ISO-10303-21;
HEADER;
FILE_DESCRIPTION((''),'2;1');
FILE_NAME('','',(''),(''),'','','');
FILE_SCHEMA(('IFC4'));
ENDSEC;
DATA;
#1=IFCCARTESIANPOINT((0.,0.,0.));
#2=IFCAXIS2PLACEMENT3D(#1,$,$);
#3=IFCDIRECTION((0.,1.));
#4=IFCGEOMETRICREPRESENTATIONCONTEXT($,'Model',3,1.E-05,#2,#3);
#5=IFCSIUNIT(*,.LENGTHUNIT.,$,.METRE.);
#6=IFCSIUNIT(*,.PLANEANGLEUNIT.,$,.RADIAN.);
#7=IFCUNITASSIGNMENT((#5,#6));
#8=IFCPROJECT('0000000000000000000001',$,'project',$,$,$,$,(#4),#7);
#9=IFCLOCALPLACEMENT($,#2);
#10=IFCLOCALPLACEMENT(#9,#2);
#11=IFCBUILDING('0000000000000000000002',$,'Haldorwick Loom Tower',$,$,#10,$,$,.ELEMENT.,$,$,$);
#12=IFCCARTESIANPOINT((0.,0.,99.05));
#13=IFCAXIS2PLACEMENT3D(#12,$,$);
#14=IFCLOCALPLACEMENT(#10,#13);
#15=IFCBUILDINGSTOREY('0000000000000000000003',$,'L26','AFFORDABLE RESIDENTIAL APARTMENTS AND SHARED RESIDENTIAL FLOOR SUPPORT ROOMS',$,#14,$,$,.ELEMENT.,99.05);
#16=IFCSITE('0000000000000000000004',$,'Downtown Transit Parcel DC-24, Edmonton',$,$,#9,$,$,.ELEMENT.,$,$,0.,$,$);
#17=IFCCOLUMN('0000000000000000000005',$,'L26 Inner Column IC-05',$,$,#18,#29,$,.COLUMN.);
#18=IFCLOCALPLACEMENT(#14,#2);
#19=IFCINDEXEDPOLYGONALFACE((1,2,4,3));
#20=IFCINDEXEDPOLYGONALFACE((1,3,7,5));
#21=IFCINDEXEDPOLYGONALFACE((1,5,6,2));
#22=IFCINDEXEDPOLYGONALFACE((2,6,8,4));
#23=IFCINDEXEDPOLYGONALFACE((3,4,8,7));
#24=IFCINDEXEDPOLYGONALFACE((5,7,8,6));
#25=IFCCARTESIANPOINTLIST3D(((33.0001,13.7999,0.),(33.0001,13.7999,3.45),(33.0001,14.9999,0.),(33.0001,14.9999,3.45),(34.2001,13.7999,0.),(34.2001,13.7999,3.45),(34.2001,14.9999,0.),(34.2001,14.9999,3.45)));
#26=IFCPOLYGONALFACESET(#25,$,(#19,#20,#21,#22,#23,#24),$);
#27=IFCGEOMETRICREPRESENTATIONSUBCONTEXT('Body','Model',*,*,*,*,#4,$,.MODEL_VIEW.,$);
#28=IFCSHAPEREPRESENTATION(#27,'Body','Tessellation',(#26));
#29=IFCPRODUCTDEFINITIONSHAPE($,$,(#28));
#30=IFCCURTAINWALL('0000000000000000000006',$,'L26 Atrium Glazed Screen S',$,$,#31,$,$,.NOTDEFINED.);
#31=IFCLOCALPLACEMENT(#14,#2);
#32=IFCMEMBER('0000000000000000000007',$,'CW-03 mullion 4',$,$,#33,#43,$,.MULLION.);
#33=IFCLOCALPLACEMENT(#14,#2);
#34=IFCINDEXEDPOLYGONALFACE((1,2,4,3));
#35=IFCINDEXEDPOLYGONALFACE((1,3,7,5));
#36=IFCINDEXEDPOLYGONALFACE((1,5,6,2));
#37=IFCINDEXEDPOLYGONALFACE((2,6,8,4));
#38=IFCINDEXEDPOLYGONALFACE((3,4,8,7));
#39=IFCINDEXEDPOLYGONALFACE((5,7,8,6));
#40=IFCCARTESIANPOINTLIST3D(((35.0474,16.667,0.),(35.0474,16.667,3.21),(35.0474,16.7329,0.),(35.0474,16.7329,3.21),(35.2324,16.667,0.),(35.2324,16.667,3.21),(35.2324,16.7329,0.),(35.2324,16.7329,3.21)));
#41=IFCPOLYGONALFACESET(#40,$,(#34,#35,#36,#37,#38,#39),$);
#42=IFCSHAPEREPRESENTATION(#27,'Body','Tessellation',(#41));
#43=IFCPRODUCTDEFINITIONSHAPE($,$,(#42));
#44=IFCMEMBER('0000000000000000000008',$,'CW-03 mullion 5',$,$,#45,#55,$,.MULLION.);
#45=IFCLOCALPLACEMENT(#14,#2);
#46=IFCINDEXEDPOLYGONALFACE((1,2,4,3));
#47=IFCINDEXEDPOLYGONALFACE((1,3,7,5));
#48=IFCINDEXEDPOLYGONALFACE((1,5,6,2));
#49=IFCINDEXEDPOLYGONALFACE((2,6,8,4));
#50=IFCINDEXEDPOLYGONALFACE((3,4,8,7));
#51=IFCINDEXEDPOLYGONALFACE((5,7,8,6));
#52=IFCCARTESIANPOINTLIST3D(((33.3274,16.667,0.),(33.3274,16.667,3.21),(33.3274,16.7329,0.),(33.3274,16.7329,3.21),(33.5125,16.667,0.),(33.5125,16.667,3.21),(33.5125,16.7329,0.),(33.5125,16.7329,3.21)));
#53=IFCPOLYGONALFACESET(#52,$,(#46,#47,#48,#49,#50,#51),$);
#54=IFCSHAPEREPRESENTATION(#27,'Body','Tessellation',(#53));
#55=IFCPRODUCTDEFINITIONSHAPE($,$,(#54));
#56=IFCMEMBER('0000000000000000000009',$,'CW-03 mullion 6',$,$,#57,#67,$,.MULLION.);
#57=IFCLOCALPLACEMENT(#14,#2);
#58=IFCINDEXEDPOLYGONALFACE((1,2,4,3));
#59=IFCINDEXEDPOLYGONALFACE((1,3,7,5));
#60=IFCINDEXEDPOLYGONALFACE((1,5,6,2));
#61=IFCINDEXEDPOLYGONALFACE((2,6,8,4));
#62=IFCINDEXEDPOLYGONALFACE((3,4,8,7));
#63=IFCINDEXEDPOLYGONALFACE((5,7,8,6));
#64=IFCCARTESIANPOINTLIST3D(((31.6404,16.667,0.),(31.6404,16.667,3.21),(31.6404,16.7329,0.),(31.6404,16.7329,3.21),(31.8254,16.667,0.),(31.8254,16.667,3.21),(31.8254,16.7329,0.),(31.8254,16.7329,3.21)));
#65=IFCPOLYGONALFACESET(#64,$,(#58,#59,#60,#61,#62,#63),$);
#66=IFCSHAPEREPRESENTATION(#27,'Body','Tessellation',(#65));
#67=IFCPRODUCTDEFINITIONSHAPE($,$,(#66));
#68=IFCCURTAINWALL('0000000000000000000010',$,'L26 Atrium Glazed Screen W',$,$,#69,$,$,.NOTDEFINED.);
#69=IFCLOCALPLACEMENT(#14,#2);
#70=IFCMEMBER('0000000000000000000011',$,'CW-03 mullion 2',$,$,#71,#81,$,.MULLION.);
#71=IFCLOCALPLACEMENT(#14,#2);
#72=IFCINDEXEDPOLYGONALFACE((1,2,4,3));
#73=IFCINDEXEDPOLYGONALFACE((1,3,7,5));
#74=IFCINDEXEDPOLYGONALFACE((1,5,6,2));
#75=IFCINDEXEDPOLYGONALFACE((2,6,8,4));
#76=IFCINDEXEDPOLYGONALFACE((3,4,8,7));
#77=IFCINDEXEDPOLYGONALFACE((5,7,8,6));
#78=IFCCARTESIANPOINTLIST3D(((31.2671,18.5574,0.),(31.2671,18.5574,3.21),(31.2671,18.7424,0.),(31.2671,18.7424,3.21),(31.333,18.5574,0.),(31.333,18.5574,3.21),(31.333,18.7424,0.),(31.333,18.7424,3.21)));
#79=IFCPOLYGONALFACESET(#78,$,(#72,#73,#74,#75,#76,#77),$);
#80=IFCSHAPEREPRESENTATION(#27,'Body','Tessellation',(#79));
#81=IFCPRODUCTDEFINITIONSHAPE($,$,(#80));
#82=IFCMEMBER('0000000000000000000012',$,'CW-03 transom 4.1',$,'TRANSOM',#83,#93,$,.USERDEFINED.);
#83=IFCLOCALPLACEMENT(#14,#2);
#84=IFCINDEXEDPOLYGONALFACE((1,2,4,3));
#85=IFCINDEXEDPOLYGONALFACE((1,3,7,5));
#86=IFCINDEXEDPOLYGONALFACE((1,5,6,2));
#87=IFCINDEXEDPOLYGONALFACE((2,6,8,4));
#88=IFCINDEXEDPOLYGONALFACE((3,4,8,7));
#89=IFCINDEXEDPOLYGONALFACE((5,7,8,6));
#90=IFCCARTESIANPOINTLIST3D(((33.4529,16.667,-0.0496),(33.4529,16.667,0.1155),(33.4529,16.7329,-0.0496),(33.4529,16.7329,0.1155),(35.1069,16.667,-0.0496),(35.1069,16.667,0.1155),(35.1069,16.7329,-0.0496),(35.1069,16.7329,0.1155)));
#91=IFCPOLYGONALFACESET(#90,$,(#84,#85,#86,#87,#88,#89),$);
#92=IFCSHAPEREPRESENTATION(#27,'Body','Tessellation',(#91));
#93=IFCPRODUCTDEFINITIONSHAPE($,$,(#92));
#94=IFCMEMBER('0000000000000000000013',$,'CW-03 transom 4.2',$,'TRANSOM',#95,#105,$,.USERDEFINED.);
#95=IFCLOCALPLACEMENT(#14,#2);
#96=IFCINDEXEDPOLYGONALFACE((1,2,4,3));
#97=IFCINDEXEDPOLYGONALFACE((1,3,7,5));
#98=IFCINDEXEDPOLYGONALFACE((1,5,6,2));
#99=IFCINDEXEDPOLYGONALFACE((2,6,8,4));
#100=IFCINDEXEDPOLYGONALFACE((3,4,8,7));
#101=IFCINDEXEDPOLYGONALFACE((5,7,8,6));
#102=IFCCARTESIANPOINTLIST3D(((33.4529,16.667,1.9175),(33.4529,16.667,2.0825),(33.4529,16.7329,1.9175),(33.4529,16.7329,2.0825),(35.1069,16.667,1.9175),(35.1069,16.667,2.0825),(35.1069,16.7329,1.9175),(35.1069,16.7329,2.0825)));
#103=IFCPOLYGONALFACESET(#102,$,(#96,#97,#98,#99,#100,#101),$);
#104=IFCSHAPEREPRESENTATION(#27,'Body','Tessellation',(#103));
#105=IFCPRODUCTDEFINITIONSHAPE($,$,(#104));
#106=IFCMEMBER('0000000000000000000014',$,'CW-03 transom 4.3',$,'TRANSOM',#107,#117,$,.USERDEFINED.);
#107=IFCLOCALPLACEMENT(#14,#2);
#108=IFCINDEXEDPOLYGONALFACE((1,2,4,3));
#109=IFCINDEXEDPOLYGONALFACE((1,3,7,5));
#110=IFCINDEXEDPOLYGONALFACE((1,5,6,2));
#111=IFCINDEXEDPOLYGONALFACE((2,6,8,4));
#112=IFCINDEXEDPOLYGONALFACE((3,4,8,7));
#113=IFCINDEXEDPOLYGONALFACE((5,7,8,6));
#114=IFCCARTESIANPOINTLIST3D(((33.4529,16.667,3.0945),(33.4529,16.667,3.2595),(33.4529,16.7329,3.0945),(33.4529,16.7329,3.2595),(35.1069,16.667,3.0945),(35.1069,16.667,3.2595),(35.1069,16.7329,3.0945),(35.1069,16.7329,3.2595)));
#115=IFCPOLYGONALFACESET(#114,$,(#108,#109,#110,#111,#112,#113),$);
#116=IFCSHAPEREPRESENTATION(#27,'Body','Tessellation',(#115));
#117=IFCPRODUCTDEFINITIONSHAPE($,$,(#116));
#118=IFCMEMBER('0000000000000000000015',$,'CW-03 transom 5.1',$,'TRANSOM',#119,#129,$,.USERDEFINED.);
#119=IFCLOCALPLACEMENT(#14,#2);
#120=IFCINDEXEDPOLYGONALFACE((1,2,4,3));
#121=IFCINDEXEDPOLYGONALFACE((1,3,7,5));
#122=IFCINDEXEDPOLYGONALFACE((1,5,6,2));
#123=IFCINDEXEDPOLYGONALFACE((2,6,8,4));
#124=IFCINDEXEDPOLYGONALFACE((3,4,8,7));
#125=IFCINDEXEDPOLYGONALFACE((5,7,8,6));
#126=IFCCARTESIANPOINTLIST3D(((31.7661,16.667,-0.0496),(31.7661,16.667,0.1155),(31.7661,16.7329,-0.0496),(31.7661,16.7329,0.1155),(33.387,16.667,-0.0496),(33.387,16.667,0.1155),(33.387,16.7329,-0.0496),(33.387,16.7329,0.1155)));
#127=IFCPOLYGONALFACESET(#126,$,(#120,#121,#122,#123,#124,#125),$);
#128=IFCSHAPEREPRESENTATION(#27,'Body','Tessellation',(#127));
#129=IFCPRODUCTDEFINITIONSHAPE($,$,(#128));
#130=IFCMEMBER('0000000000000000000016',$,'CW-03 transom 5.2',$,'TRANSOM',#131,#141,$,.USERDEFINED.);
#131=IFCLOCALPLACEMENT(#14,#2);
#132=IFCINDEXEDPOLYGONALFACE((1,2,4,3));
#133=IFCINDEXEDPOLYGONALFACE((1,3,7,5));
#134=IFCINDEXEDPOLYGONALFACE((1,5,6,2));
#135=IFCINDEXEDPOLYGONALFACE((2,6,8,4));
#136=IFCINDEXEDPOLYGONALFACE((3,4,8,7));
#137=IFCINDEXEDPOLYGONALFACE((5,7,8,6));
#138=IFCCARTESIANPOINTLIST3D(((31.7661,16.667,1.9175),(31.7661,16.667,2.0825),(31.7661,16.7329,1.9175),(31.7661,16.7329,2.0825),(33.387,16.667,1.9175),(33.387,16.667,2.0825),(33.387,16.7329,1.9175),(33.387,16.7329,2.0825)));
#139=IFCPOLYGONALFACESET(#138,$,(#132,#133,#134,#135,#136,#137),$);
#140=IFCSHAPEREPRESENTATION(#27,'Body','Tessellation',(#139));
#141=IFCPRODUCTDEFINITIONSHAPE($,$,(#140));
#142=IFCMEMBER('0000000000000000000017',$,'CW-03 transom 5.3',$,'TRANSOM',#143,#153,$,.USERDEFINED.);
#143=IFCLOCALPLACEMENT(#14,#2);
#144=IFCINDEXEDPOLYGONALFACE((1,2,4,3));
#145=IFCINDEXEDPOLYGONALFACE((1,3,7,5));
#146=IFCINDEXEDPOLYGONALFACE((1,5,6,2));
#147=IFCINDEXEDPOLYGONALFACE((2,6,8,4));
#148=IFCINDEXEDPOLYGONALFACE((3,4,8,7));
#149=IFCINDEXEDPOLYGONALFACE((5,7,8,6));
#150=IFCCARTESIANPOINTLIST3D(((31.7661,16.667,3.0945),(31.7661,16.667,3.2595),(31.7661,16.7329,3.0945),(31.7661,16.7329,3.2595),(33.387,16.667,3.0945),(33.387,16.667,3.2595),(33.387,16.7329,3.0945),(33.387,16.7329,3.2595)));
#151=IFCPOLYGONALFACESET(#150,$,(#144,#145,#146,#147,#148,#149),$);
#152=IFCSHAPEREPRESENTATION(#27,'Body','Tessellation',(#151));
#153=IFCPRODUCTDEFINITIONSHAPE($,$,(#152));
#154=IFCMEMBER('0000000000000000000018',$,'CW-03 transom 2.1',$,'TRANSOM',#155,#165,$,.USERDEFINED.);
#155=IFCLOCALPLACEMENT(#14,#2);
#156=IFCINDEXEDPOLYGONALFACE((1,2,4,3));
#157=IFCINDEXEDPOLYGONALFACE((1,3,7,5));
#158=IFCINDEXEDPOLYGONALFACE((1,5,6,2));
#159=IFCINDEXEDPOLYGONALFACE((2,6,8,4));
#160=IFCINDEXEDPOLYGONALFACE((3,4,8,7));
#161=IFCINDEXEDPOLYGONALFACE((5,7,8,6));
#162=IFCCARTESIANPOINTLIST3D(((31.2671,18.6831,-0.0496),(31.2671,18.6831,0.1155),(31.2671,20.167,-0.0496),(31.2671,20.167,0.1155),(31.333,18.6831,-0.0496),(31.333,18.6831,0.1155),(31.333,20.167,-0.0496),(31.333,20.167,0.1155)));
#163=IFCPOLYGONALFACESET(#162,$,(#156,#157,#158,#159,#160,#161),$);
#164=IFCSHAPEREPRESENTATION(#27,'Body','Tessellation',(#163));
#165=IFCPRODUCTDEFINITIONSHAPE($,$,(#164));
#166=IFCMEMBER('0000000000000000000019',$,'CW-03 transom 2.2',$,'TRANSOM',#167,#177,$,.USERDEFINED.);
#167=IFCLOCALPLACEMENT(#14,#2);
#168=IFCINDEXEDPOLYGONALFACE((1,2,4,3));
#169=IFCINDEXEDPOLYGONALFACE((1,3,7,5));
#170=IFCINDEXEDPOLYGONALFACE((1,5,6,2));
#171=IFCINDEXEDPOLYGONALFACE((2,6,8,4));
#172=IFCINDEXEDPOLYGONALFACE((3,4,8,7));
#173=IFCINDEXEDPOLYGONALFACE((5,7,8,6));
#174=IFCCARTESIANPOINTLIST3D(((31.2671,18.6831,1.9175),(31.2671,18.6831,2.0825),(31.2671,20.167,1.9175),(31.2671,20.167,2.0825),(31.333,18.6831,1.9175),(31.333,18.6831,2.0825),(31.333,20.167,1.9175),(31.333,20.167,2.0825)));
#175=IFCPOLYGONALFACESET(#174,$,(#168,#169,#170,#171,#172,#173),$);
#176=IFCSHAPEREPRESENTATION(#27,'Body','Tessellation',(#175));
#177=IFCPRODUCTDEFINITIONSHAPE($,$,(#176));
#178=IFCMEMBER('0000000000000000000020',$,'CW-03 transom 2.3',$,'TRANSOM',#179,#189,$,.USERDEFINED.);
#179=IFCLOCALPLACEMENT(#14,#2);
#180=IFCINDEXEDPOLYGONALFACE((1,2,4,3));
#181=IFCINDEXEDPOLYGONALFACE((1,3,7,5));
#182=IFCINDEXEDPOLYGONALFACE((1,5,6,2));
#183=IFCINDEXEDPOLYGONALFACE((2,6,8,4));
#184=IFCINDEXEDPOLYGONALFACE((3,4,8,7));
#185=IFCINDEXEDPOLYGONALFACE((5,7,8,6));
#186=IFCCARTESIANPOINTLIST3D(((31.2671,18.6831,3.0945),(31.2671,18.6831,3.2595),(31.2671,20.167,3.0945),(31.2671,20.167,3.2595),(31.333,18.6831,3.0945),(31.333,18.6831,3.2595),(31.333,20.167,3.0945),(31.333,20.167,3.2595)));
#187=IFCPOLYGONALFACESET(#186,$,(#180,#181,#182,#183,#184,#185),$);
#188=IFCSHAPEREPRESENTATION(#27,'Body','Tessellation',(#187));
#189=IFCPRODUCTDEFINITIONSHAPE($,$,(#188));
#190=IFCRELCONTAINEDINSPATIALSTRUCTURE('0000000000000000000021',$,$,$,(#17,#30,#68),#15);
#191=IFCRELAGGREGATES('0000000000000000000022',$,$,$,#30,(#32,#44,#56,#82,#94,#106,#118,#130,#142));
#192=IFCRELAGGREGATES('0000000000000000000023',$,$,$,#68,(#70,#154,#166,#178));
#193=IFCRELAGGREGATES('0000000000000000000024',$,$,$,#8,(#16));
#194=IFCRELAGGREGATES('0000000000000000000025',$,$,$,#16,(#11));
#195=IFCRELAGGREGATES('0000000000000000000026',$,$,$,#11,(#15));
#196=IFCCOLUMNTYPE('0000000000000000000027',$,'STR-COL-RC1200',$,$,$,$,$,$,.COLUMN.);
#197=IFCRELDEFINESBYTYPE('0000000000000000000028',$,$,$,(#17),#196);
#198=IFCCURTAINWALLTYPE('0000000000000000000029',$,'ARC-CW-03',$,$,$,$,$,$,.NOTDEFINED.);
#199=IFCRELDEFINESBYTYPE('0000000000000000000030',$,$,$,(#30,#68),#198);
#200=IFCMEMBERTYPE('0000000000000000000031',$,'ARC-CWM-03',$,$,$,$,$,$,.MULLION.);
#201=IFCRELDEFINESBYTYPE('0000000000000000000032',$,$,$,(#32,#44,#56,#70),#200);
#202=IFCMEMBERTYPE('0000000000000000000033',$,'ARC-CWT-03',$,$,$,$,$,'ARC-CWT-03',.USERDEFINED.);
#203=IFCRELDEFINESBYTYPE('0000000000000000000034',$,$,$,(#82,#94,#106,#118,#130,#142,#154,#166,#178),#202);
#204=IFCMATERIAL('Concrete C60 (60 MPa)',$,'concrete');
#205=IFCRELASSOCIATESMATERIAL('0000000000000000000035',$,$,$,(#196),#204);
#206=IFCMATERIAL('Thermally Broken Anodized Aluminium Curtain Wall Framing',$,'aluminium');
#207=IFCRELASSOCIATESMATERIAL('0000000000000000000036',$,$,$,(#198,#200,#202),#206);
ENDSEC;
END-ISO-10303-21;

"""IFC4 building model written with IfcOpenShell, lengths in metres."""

from ifc_helpers import new_model, si_unit, direction, frame, origin, origin_2d, place, context, subcontext, project, spatial, rectangle, extrude, material, material_profile, profile_set, type_object, element, aggregate, save


model = new_model("IFC4")

# Units and contexts
model_context = context("Model", 3, precision=1e-05, world=origin(), true_north=direction((0.0, 1.0)))
body_context = subcontext(model_context, "Body", "Model", "MODEL_VIEW")
ifc_project = project(units=[si_unit("LENGTHUNIT", "METRE"), si_unit("PLANEANGLEUNIT", "RADIAN")], contexts=[model_context])

# Site, building, storey
site_placement = place(None, origin())
site = spatial("IfcSite", under=ifc_project, at=site_placement, Name="Downtown Transit Parcel DC-24, Edmonton", CompositionType="ELEMENT", RefElevation=0.0)
building_placement = place(site_placement, origin())
building = spatial("IfcBuilding", under=site, at=building_placement, Name="Haldorwick Loom Tower", CompositionType="ELEMENT")
storey_placement = place(building_placement, frame((0.0, 0.0, 99.05)))
storey = spatial("IfcBuildingStorey", under=building, at=storey_placement, Name="L26", Description="AFFORDABLE RESIDENTIAL APARTMENTS AND SHARED RESIDENTIAL FLOOR SUPPORT ROOMS", CompositionType="ELEMENT", Elevation=99.05)

# Column
ifc_material_1 = material(Name="Concrete C60 (60 MPa)", Category="concrete")
ifc_material_profile_1 = material_profile(ifc_material_1, rectangle(XDim=1.2, YDim=1.2, at=origin_2d()), Name="RC1200X1200", Category="concrete")
ifc_profile_set_1 = profile_set([ifc_material_profile_1], Name="Concrete C60 (60 MPa)")
column_type = type_object("IfcColumnType", Name="STR-COL-RC1200", PredefinedType="COLUMN", material=ifc_profile_set_1)
column_placement = place(storey_placement, frame((33.6001, 14.3999, 0.0), z_axis=(0.0, 0.0, 1.0), x_axis=(1.0, 0.0, 0.0)))
element("IfcColumn", 1, at=column_placement, inside=storey, type_object=column_type, Name="L26 Inner Column IC-05", PredefinedType="COLUMN", context=body_context, shape_type="SweptSolid", body=[
    extrude(rectangle(XDim=1.2, YDim=1.2, at=origin_2d()), origin(), (0.0, 0.0, 1.0), 3.45),
])

# Curtain wall, members
ifc_material_2 = material(Name="Thermally Broken Anodized Aluminium Curtain Wall Framing", Category="aluminium")
curtain_wall_type = type_object("IfcCurtainWallType", Name="ARC-CW-03", PredefinedType="NOTDEFINED", material=ifc_material_2)
curtain_wall_1_placement = place(storey_placement, origin())
curtain_wall_1 = element("IfcCurtainWall", 2, at=curtain_wall_1_placement, inside=storey, type_object=curtain_wall_type, Name="L26 Atrium Glazed Screen S", PredefinedType="NOTDEFINED")
ifc_material_profile_2 = material_profile(ifc_material_2, rectangle(XDim=0.0659, YDim=0.1851, at=origin_2d()), Name="ALU_MUL_66X185", Category="aluminium")
ifc_profile_set_2 = profile_set([ifc_material_profile_2], Name="Thermally Broken Anodized Aluminium Curtain Wall Framing")
member_type_1 = type_object("IfcMemberType", Name="ARC-CWM-03", PredefinedType="MULLION", material=ifc_profile_set_2)
member_1_placement = place(storey_placement, frame((35.1399, 16.7, 0.0), z_axis=(0.0, 0.0, 1.0), x_axis=(0.0, -1.0, 0.0)))
member_1 = element("IfcMember", 3, at=member_1_placement, type_object=member_type_1, Name="CW-03 mullion 4", PredefinedType="MULLION", context=body_context, shape_type="SweptSolid", body=[
    extrude(rectangle(XDim=0.0659, YDim=0.1851, at=origin_2d()), origin(), (0.0, 0.0, 1.0), 3.21),
])
member_2_placement = place(storey_placement, frame((33.4199, 16.7, 0.0), z_axis=(0.0, 0.0, 1.0), x_axis=(0.0, -1.0, 0.0)))
member_2 = element("IfcMember", 4, at=member_2_placement, type_object=member_type_1, Name="CW-03 mullion 5", PredefinedType="MULLION", context=body_context, shape_type="SweptSolid", body=[
    extrude(rectangle(XDim=0.0659, YDim=0.1851, at=origin_2d()), origin(), (0.0, 0.0, 1.0), 3.21),
])
member_3_placement = place(storey_placement, frame((31.7329, 16.7, 0.0), z_axis=(0.0, 0.0, 1.0), x_axis=(0.0, -1.0, 0.0)))
member_3 = element("IfcMember", 5, at=member_3_placement, type_object=member_type_1, Name="CW-03 mullion 6", PredefinedType="MULLION", context=body_context, shape_type="SweptSolid", body=[
    extrude(rectangle(XDim=0.0659, YDim=0.1851, at=origin_2d()), origin(), (0.0, 0.0, 1.0), 3.21),
])

# Curtain wall, member
curtain_wall_2_placement = place(storey_placement, origin())
curtain_wall_2 = element("IfcCurtainWall", 6, at=curtain_wall_2_placement, inside=storey, type_object=curtain_wall_type, Name="L26 Atrium Glazed Screen W", PredefinedType="NOTDEFINED")
member_4_placement = place(storey_placement, frame((31.3, 18.6499, 0.0), z_axis=(0.0, 0.0, 1.0), x_axis=(-1.0, 0.0, 0.0)))
member_4 = element("IfcMember", 7, at=member_4_placement, type_object=member_type_1, Name="CW-03 mullion 2", PredefinedType="MULLION", context=body_context, shape_type="SweptSolid", body=[
    extrude(rectangle(XDim=0.0659, YDim=0.1851, at=origin_2d()), origin(), (0.0, 0.0, 1.0), 3.21),
])

# Members
ifc_material_profile_3 = material_profile(ifc_material_2, rectangle(XDim=0.0659, YDim=0.165, at=origin_2d()), Name="ALU_TRN_66X165", Category="aluminium")
ifc_profile_set_3 = profile_set([ifc_material_profile_3], Name="Thermally Broken Anodized Aluminium Curtain Wall Framing")
member_type_2 = type_object("IfcMemberType", Name="ARC-CWT-03", ElementType="ARC-CWT-03", PredefinedType="USERDEFINED", material=ifc_profile_set_3)
member_5_placement = place(storey_placement, frame((35.1069, 16.7, 0.033), z_axis=(-1.0, 0.0, 0.0), x_axis=(0.0, -1.0, 0.0)))
member_5 = element("IfcMember", 8, at=member_5_placement, type_object=member_type_2, Name="CW-03 transom 4.1", ObjectType="TRANSOM", PredefinedType="USERDEFINED", context=body_context, shape_type="SweptSolid", body=[
    extrude(rectangle(XDim=0.0659, YDim=0.165, at=origin_2d()), origin(), (0.0, 0.0, 1.0), 1.6541),
])
member_6_placement = place(storey_placement, frame((35.1069, 16.7, 2.0), z_axis=(-1.0, 0.0, 0.0), x_axis=(0.0, -1.0, 0.0)))
member_6 = element("IfcMember", 9, at=member_6_placement, type_object=member_type_2, Name="CW-03 transom 4.2", ObjectType="TRANSOM", PredefinedType="USERDEFINED", context=body_context, shape_type="SweptSolid", body=[
    extrude(rectangle(XDim=0.0659, YDim=0.165, at=origin_2d()), origin(), (0.0, 0.0, 1.0), 1.6541),
])
member_7_placement = place(storey_placement, frame((35.1069, 16.7, 3.177), z_axis=(-1.0, 0.0, 0.0), x_axis=(0.0, -1.0, 0.0)))
member_7 = element("IfcMember", 10, at=member_7_placement, type_object=member_type_2, Name="CW-03 transom 4.3", ObjectType="TRANSOM", PredefinedType="USERDEFINED", context=body_context, shape_type="SweptSolid", body=[
    extrude(rectangle(XDim=0.0659, YDim=0.165, at=origin_2d()), origin(), (0.0, 0.0, 1.0), 1.6541),
])
member_8_placement = place(storey_placement, frame((33.387, 16.7, 0.033), z_axis=(-1.0, 0.0, 0.0), x_axis=(0.0, -1.0, 0.0)))
member_8 = element("IfcMember", 11, at=member_8_placement, type_object=member_type_2, Name="CW-03 transom 5.1", ObjectType="TRANSOM", PredefinedType="USERDEFINED", context=body_context, shape_type="SweptSolid", body=[
    extrude(rectangle(XDim=0.0659, YDim=0.165, at=origin_2d()), origin(), (0.0, 0.0, 1.0), 1.6208),
])
member_9_placement = place(storey_placement, frame((33.387, 16.7, 2.0), z_axis=(-1.0, 0.0, 0.0), x_axis=(0.0, -1.0, 0.0)))
member_9 = element("IfcMember", 12, at=member_9_placement, type_object=member_type_2, Name="CW-03 transom 5.2", ObjectType="TRANSOM", PredefinedType="USERDEFINED", context=body_context, shape_type="SweptSolid", body=[
    extrude(rectangle(XDim=0.0659, YDim=0.165, at=origin_2d()), origin(), (0.0, 0.0, 1.0), 1.6208),
])
member_10_placement = place(storey_placement, frame((33.387, 16.7, 3.177), z_axis=(-1.0, 0.0, 0.0), x_axis=(0.0, -1.0, 0.0)))
member_10 = element("IfcMember", 13, at=member_10_placement, type_object=member_type_2, Name="CW-03 transom 5.3", ObjectType="TRANSOM", PredefinedType="USERDEFINED", context=body_context, shape_type="SweptSolid", body=[
    extrude(rectangle(XDim=0.0659, YDim=0.165, at=origin_2d()), origin(), (0.0, 0.0, 1.0), 1.6208),
])
member_11_placement = place(storey_placement, frame((31.3, 18.6831, 0.033), z_axis=(0.0, 1.0, 0.0), x_axis=(-1.0, 0.0, 0.0)))
member_11 = element("IfcMember", 14, at=member_11_placement, type_object=member_type_2, Name="CW-03 transom 2.1", ObjectType="TRANSOM", PredefinedType="USERDEFINED", context=body_context, shape_type="SweptSolid", body=[
    extrude(rectangle(XDim=0.0659, YDim=0.165, at=origin_2d()), origin(), (0.0, 0.0, 1.0), 1.4839),
])
member_12_placement = place(storey_placement, frame((31.3, 18.6831, 2.0), z_axis=(0.0, 1.0, 0.0), x_axis=(-1.0, 0.0, 0.0)))
member_12 = element("IfcMember", 15, at=member_12_placement, type_object=member_type_2, Name="CW-03 transom 2.2", ObjectType="TRANSOM", PredefinedType="USERDEFINED", context=body_context, shape_type="SweptSolid", body=[
    extrude(rectangle(XDim=0.0659, YDim=0.165, at=origin_2d()), origin(), (0.0, 0.0, 1.0), 1.4839),
])
member_13_placement = place(storey_placement, frame((31.3, 18.6831, 3.177), z_axis=(0.0, 1.0, 0.0), x_axis=(-1.0, 0.0, 0.0)))
member_13 = element("IfcMember", 16, at=member_13_placement, type_object=member_type_2, Name="CW-03 transom 2.3", ObjectType="TRANSOM", PredefinedType="USERDEFINED", context=body_context, shape_type="SweptSolid", body=[
    extrude(rectangle(XDim=0.0659, YDim=0.165, at=origin_2d()), origin(), (0.0, 0.0, 1.0), 1.4839),
])

aggregate(curtain_wall_1, [member_1, member_2, member_3, member_5, member_6, member_7, member_8, member_9, member_10])
aggregate(curtain_wall_2, [member_4, member_11, member_12, member_13])

save(model, "model.ifc")
